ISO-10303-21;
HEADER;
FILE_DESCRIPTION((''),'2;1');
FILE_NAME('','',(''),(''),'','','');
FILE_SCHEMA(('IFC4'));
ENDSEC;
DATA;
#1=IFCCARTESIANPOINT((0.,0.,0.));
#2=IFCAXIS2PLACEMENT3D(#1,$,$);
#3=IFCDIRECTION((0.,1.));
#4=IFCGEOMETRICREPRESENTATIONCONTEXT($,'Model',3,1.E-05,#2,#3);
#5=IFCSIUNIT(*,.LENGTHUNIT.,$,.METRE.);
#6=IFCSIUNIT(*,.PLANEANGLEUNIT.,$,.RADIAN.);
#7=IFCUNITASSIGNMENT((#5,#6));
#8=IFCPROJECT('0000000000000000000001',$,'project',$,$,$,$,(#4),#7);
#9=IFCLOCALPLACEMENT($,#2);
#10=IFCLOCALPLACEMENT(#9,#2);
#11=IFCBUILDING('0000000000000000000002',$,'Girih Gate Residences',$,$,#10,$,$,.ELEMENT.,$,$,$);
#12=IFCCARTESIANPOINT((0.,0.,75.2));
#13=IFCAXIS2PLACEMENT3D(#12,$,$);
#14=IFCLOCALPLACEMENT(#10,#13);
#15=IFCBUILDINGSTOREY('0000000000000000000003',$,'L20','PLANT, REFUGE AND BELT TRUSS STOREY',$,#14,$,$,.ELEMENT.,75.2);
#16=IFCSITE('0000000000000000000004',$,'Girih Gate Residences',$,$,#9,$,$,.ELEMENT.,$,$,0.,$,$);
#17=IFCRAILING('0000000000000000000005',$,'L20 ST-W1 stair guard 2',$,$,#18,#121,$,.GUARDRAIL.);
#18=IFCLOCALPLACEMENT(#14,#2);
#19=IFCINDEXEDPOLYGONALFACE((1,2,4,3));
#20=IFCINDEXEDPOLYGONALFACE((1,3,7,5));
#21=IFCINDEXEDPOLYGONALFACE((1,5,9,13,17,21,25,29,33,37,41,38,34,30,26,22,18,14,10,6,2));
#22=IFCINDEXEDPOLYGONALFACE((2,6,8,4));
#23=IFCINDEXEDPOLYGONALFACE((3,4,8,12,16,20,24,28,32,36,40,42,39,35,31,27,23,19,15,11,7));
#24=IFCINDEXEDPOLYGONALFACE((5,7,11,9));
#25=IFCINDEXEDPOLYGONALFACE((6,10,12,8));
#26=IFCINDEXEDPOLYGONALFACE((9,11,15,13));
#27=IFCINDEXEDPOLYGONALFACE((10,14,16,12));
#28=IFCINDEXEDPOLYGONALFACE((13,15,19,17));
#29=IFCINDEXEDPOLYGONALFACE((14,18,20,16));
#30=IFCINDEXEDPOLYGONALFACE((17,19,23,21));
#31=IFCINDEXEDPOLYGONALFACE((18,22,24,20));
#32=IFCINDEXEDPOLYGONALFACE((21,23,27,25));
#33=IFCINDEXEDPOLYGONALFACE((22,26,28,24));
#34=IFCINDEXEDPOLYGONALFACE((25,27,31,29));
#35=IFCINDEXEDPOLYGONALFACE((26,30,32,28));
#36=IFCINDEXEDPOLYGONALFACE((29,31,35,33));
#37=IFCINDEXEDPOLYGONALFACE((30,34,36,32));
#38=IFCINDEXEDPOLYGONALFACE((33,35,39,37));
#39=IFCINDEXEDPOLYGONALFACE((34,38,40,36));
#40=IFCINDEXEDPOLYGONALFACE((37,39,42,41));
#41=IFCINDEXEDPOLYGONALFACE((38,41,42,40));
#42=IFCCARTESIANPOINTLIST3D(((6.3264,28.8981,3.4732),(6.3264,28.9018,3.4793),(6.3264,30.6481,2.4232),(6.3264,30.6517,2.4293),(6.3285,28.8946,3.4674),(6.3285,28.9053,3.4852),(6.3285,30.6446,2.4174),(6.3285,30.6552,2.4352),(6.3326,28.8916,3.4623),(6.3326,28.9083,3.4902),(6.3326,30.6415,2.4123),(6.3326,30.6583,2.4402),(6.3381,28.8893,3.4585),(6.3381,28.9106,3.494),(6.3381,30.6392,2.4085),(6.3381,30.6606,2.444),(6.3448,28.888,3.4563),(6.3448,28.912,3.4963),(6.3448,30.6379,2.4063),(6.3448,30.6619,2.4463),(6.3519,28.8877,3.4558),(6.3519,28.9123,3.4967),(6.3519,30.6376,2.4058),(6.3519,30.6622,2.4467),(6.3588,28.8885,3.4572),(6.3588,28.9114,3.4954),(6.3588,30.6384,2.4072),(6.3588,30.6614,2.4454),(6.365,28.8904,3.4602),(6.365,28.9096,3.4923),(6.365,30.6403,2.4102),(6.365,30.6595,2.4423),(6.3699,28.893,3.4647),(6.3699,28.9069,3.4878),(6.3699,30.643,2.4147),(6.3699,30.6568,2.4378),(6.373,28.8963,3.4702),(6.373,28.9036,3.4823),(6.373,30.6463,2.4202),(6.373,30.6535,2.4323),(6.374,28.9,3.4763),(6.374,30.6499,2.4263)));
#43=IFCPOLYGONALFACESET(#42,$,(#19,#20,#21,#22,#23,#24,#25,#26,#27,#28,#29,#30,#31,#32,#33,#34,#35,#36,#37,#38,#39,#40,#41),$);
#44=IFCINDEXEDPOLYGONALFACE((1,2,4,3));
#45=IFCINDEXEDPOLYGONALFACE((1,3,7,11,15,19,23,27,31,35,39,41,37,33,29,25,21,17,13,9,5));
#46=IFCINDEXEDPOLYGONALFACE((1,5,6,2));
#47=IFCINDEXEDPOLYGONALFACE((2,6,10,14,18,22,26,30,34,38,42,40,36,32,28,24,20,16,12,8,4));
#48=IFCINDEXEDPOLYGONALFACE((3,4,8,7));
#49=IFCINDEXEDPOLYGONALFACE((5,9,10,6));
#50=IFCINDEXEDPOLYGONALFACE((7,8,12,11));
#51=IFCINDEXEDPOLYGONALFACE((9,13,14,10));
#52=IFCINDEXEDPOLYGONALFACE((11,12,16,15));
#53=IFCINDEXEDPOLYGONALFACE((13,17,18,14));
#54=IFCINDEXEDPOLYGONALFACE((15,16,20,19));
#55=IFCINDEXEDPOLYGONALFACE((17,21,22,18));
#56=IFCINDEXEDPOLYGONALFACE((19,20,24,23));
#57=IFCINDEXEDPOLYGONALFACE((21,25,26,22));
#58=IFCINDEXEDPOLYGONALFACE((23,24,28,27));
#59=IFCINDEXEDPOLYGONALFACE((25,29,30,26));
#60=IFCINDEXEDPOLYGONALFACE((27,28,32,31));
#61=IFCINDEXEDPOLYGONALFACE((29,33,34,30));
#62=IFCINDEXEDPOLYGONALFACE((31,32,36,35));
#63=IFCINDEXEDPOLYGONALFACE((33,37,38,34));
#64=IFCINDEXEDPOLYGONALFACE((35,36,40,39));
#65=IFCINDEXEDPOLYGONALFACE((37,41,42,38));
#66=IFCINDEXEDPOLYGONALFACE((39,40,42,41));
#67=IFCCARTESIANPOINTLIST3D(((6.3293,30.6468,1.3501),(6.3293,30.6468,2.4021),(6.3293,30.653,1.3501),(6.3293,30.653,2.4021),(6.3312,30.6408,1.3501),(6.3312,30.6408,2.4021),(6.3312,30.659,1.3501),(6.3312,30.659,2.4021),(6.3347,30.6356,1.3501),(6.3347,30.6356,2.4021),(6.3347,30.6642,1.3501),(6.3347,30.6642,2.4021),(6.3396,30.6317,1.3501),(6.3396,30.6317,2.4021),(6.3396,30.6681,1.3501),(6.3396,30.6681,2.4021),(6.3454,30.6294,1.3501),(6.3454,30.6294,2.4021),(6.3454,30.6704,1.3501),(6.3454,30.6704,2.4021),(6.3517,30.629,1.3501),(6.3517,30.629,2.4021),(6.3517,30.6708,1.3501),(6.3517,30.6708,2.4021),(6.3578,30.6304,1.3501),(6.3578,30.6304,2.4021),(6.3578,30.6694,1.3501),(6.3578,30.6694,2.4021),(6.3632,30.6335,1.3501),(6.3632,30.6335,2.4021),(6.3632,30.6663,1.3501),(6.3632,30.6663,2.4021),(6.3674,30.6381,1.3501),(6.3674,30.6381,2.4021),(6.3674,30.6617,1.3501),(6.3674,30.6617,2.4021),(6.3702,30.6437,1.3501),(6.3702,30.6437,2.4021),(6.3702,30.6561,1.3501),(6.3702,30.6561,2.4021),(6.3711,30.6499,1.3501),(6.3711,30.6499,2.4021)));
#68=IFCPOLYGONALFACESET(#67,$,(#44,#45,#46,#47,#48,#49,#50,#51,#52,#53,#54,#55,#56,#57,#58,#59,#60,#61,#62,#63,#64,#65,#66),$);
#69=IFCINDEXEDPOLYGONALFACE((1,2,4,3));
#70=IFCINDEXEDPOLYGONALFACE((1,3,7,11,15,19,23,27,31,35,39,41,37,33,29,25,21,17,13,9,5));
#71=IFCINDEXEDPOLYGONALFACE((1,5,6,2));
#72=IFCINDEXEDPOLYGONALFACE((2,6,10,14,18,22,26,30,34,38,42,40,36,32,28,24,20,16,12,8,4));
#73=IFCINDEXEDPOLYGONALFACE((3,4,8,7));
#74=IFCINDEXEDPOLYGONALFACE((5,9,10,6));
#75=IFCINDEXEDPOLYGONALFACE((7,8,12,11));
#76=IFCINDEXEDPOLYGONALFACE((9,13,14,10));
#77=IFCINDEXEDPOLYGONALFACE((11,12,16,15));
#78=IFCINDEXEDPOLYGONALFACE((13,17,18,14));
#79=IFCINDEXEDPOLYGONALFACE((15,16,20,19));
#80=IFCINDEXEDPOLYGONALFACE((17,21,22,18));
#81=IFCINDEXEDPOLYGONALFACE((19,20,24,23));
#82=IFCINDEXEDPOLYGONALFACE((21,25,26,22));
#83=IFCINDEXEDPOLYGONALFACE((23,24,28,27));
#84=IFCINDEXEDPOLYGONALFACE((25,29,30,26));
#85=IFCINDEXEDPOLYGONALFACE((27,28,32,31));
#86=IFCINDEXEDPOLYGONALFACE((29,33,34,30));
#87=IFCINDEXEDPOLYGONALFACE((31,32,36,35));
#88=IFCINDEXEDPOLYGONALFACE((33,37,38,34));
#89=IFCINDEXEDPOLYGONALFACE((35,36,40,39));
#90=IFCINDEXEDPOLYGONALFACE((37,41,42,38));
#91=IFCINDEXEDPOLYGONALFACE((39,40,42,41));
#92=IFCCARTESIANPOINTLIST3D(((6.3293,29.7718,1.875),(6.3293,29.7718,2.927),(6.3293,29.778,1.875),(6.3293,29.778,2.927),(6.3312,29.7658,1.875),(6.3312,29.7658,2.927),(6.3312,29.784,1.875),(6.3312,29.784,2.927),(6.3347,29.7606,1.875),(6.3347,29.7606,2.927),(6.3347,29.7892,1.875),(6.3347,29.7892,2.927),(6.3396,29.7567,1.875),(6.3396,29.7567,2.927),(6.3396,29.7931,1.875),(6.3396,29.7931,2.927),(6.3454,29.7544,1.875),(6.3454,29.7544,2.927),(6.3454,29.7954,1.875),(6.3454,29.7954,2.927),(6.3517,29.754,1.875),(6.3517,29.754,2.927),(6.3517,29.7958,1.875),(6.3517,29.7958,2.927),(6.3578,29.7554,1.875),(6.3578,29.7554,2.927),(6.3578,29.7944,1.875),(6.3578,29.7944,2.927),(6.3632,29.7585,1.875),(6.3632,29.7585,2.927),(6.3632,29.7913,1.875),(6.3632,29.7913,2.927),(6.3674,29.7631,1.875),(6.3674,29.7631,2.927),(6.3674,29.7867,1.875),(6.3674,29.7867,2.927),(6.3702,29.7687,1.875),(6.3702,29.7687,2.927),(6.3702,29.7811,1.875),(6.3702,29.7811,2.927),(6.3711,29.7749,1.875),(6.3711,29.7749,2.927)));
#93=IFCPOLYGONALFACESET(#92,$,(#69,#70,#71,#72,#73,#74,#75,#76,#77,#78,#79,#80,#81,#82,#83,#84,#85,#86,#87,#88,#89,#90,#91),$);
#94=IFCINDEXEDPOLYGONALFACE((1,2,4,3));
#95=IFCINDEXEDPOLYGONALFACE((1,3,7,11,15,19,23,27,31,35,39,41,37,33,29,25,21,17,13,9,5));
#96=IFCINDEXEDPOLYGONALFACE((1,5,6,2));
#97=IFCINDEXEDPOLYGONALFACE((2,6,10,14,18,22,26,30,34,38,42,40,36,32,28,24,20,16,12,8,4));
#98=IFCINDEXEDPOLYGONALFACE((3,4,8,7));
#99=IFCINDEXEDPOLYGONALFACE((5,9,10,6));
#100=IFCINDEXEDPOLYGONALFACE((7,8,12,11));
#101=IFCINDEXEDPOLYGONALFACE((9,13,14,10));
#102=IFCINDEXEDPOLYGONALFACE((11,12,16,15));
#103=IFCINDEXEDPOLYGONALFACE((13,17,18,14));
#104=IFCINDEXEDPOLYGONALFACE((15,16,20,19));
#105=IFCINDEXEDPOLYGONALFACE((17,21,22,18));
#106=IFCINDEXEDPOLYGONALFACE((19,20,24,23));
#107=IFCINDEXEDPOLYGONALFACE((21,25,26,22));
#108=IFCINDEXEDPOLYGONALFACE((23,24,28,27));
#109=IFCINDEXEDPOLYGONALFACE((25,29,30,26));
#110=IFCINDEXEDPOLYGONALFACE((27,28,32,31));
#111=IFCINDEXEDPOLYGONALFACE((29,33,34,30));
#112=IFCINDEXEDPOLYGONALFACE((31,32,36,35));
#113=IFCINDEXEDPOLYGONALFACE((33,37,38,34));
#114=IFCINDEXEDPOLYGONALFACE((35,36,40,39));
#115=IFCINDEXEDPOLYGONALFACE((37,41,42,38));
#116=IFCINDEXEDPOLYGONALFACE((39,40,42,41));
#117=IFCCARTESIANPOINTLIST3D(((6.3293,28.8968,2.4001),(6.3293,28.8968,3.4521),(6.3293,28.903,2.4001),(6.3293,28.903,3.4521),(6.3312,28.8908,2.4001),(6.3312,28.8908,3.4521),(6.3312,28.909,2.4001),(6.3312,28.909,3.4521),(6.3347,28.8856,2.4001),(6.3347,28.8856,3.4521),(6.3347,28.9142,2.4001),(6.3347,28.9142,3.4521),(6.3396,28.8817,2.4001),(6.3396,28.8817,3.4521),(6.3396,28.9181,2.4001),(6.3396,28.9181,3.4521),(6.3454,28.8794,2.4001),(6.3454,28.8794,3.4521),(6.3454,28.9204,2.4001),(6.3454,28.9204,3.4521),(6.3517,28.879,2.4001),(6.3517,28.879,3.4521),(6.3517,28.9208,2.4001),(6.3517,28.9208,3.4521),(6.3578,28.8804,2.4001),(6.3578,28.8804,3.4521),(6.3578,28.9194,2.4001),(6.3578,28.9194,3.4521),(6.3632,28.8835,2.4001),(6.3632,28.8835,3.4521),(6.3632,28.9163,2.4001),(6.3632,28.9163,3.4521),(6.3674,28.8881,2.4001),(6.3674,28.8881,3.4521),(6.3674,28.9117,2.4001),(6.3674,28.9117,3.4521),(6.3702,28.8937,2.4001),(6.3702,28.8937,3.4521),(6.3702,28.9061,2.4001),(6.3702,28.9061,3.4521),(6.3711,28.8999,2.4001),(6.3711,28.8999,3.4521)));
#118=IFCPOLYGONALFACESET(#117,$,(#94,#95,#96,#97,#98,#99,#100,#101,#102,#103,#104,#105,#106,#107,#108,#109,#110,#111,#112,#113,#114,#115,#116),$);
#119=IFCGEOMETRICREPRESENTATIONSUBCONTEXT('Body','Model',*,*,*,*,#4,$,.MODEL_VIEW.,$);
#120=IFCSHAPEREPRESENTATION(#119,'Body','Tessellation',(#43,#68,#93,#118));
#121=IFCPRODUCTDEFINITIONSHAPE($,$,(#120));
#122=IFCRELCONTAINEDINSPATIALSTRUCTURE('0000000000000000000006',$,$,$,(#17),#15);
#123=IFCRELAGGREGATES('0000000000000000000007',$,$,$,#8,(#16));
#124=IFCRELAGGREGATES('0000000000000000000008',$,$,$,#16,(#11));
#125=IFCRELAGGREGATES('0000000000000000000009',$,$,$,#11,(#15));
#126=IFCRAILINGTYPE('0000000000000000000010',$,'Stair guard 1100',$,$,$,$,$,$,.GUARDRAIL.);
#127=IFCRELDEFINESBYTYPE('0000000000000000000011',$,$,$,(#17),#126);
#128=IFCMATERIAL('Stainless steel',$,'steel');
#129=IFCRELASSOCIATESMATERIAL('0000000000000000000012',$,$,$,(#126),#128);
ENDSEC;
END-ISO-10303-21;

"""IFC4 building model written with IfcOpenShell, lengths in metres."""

from ifc_helpers import new_model, si_unit, direction, frame, origin, origin_2d, place, context, subcontext, project, spatial, circle, extrude, material, type_object, element, save


model = new_model("IFC4")

# Units and contexts
model_context = context("Model", 3, precision=1e-05, world=origin(), true_north=direction((0.0, 1.0)))
body_context = subcontext(model_context, "Body", "Model", "MODEL_VIEW")
ifc_project = project(units=[si_unit("LENGTHUNIT", "METRE"), si_unit("PLANEANGLEUNIT", "RADIAN")], contexts=[model_context])

# Site, building, storey
site_placement = place(None, origin())
site = spatial("IfcSite", under=ifc_project, at=site_placement, Name="Girih Gate Residences", CompositionType="ELEMENT", RefElevation=0.0)
building_placement = place(site_placement, origin())
building = spatial("IfcBuilding", under=site, at=building_placement, Name="Girih Gate Residences", CompositionType="ELEMENT")
storey_placement = place(building_placement, frame((0.0, 0.0, 75.2)))
storey = spatial("IfcBuildingStorey", under=building, at=storey_placement, Name="L20", Description="PLANT, REFUGE AND BELT TRUSS STOREY", CompositionType="ELEMENT", Elevation=75.2)

# Railing
ifc_material_1 = material(Name="Stainless steel", Category="steel")
railing_type_1 = type_object("IfcRailingType", Name="Stair guard 1100", PredefinedType="GUARDRAIL", material=ifc_material_1)
railing_1_placement = place(storey_placement, frame((6.3501, 30.6499, 1.3501)))
element("IfcRailing", 1, at=railing_1_placement, inside=storey, type_object=railing_type_1, Name="L20 ST-W1 stair guard 2", PredefinedType="GUARDRAIL", context=body_context, shape_type="SweptSolid", body=[
    extrude(circle(Radius=0.0239, at=origin_2d()), frame((0.0, 0.0, 1.0762), z_axis=(0.0, -0.857482, 0.514513), x_axis=(1.0, 0.0, 0.0)), (0.0, 0.0, 1.0), 2.0408),
    extrude(circle(Radius=0.021, at=origin_2d()), origin(), (0.0, 0.0, 1.0), 1.052),
    extrude(circle(Radius=0.021, at=origin_2d()), frame((0.0, -0.875, 0.5249)), (0.0, 0.0, 1.0), 1.052),
    extrude(circle(Radius=0.021, at=origin_2d()), frame((0.0, -1.75, 1.05)), (0.0, 0.0, 1.0), 1.052),
])

save(model, "model.ifc")
